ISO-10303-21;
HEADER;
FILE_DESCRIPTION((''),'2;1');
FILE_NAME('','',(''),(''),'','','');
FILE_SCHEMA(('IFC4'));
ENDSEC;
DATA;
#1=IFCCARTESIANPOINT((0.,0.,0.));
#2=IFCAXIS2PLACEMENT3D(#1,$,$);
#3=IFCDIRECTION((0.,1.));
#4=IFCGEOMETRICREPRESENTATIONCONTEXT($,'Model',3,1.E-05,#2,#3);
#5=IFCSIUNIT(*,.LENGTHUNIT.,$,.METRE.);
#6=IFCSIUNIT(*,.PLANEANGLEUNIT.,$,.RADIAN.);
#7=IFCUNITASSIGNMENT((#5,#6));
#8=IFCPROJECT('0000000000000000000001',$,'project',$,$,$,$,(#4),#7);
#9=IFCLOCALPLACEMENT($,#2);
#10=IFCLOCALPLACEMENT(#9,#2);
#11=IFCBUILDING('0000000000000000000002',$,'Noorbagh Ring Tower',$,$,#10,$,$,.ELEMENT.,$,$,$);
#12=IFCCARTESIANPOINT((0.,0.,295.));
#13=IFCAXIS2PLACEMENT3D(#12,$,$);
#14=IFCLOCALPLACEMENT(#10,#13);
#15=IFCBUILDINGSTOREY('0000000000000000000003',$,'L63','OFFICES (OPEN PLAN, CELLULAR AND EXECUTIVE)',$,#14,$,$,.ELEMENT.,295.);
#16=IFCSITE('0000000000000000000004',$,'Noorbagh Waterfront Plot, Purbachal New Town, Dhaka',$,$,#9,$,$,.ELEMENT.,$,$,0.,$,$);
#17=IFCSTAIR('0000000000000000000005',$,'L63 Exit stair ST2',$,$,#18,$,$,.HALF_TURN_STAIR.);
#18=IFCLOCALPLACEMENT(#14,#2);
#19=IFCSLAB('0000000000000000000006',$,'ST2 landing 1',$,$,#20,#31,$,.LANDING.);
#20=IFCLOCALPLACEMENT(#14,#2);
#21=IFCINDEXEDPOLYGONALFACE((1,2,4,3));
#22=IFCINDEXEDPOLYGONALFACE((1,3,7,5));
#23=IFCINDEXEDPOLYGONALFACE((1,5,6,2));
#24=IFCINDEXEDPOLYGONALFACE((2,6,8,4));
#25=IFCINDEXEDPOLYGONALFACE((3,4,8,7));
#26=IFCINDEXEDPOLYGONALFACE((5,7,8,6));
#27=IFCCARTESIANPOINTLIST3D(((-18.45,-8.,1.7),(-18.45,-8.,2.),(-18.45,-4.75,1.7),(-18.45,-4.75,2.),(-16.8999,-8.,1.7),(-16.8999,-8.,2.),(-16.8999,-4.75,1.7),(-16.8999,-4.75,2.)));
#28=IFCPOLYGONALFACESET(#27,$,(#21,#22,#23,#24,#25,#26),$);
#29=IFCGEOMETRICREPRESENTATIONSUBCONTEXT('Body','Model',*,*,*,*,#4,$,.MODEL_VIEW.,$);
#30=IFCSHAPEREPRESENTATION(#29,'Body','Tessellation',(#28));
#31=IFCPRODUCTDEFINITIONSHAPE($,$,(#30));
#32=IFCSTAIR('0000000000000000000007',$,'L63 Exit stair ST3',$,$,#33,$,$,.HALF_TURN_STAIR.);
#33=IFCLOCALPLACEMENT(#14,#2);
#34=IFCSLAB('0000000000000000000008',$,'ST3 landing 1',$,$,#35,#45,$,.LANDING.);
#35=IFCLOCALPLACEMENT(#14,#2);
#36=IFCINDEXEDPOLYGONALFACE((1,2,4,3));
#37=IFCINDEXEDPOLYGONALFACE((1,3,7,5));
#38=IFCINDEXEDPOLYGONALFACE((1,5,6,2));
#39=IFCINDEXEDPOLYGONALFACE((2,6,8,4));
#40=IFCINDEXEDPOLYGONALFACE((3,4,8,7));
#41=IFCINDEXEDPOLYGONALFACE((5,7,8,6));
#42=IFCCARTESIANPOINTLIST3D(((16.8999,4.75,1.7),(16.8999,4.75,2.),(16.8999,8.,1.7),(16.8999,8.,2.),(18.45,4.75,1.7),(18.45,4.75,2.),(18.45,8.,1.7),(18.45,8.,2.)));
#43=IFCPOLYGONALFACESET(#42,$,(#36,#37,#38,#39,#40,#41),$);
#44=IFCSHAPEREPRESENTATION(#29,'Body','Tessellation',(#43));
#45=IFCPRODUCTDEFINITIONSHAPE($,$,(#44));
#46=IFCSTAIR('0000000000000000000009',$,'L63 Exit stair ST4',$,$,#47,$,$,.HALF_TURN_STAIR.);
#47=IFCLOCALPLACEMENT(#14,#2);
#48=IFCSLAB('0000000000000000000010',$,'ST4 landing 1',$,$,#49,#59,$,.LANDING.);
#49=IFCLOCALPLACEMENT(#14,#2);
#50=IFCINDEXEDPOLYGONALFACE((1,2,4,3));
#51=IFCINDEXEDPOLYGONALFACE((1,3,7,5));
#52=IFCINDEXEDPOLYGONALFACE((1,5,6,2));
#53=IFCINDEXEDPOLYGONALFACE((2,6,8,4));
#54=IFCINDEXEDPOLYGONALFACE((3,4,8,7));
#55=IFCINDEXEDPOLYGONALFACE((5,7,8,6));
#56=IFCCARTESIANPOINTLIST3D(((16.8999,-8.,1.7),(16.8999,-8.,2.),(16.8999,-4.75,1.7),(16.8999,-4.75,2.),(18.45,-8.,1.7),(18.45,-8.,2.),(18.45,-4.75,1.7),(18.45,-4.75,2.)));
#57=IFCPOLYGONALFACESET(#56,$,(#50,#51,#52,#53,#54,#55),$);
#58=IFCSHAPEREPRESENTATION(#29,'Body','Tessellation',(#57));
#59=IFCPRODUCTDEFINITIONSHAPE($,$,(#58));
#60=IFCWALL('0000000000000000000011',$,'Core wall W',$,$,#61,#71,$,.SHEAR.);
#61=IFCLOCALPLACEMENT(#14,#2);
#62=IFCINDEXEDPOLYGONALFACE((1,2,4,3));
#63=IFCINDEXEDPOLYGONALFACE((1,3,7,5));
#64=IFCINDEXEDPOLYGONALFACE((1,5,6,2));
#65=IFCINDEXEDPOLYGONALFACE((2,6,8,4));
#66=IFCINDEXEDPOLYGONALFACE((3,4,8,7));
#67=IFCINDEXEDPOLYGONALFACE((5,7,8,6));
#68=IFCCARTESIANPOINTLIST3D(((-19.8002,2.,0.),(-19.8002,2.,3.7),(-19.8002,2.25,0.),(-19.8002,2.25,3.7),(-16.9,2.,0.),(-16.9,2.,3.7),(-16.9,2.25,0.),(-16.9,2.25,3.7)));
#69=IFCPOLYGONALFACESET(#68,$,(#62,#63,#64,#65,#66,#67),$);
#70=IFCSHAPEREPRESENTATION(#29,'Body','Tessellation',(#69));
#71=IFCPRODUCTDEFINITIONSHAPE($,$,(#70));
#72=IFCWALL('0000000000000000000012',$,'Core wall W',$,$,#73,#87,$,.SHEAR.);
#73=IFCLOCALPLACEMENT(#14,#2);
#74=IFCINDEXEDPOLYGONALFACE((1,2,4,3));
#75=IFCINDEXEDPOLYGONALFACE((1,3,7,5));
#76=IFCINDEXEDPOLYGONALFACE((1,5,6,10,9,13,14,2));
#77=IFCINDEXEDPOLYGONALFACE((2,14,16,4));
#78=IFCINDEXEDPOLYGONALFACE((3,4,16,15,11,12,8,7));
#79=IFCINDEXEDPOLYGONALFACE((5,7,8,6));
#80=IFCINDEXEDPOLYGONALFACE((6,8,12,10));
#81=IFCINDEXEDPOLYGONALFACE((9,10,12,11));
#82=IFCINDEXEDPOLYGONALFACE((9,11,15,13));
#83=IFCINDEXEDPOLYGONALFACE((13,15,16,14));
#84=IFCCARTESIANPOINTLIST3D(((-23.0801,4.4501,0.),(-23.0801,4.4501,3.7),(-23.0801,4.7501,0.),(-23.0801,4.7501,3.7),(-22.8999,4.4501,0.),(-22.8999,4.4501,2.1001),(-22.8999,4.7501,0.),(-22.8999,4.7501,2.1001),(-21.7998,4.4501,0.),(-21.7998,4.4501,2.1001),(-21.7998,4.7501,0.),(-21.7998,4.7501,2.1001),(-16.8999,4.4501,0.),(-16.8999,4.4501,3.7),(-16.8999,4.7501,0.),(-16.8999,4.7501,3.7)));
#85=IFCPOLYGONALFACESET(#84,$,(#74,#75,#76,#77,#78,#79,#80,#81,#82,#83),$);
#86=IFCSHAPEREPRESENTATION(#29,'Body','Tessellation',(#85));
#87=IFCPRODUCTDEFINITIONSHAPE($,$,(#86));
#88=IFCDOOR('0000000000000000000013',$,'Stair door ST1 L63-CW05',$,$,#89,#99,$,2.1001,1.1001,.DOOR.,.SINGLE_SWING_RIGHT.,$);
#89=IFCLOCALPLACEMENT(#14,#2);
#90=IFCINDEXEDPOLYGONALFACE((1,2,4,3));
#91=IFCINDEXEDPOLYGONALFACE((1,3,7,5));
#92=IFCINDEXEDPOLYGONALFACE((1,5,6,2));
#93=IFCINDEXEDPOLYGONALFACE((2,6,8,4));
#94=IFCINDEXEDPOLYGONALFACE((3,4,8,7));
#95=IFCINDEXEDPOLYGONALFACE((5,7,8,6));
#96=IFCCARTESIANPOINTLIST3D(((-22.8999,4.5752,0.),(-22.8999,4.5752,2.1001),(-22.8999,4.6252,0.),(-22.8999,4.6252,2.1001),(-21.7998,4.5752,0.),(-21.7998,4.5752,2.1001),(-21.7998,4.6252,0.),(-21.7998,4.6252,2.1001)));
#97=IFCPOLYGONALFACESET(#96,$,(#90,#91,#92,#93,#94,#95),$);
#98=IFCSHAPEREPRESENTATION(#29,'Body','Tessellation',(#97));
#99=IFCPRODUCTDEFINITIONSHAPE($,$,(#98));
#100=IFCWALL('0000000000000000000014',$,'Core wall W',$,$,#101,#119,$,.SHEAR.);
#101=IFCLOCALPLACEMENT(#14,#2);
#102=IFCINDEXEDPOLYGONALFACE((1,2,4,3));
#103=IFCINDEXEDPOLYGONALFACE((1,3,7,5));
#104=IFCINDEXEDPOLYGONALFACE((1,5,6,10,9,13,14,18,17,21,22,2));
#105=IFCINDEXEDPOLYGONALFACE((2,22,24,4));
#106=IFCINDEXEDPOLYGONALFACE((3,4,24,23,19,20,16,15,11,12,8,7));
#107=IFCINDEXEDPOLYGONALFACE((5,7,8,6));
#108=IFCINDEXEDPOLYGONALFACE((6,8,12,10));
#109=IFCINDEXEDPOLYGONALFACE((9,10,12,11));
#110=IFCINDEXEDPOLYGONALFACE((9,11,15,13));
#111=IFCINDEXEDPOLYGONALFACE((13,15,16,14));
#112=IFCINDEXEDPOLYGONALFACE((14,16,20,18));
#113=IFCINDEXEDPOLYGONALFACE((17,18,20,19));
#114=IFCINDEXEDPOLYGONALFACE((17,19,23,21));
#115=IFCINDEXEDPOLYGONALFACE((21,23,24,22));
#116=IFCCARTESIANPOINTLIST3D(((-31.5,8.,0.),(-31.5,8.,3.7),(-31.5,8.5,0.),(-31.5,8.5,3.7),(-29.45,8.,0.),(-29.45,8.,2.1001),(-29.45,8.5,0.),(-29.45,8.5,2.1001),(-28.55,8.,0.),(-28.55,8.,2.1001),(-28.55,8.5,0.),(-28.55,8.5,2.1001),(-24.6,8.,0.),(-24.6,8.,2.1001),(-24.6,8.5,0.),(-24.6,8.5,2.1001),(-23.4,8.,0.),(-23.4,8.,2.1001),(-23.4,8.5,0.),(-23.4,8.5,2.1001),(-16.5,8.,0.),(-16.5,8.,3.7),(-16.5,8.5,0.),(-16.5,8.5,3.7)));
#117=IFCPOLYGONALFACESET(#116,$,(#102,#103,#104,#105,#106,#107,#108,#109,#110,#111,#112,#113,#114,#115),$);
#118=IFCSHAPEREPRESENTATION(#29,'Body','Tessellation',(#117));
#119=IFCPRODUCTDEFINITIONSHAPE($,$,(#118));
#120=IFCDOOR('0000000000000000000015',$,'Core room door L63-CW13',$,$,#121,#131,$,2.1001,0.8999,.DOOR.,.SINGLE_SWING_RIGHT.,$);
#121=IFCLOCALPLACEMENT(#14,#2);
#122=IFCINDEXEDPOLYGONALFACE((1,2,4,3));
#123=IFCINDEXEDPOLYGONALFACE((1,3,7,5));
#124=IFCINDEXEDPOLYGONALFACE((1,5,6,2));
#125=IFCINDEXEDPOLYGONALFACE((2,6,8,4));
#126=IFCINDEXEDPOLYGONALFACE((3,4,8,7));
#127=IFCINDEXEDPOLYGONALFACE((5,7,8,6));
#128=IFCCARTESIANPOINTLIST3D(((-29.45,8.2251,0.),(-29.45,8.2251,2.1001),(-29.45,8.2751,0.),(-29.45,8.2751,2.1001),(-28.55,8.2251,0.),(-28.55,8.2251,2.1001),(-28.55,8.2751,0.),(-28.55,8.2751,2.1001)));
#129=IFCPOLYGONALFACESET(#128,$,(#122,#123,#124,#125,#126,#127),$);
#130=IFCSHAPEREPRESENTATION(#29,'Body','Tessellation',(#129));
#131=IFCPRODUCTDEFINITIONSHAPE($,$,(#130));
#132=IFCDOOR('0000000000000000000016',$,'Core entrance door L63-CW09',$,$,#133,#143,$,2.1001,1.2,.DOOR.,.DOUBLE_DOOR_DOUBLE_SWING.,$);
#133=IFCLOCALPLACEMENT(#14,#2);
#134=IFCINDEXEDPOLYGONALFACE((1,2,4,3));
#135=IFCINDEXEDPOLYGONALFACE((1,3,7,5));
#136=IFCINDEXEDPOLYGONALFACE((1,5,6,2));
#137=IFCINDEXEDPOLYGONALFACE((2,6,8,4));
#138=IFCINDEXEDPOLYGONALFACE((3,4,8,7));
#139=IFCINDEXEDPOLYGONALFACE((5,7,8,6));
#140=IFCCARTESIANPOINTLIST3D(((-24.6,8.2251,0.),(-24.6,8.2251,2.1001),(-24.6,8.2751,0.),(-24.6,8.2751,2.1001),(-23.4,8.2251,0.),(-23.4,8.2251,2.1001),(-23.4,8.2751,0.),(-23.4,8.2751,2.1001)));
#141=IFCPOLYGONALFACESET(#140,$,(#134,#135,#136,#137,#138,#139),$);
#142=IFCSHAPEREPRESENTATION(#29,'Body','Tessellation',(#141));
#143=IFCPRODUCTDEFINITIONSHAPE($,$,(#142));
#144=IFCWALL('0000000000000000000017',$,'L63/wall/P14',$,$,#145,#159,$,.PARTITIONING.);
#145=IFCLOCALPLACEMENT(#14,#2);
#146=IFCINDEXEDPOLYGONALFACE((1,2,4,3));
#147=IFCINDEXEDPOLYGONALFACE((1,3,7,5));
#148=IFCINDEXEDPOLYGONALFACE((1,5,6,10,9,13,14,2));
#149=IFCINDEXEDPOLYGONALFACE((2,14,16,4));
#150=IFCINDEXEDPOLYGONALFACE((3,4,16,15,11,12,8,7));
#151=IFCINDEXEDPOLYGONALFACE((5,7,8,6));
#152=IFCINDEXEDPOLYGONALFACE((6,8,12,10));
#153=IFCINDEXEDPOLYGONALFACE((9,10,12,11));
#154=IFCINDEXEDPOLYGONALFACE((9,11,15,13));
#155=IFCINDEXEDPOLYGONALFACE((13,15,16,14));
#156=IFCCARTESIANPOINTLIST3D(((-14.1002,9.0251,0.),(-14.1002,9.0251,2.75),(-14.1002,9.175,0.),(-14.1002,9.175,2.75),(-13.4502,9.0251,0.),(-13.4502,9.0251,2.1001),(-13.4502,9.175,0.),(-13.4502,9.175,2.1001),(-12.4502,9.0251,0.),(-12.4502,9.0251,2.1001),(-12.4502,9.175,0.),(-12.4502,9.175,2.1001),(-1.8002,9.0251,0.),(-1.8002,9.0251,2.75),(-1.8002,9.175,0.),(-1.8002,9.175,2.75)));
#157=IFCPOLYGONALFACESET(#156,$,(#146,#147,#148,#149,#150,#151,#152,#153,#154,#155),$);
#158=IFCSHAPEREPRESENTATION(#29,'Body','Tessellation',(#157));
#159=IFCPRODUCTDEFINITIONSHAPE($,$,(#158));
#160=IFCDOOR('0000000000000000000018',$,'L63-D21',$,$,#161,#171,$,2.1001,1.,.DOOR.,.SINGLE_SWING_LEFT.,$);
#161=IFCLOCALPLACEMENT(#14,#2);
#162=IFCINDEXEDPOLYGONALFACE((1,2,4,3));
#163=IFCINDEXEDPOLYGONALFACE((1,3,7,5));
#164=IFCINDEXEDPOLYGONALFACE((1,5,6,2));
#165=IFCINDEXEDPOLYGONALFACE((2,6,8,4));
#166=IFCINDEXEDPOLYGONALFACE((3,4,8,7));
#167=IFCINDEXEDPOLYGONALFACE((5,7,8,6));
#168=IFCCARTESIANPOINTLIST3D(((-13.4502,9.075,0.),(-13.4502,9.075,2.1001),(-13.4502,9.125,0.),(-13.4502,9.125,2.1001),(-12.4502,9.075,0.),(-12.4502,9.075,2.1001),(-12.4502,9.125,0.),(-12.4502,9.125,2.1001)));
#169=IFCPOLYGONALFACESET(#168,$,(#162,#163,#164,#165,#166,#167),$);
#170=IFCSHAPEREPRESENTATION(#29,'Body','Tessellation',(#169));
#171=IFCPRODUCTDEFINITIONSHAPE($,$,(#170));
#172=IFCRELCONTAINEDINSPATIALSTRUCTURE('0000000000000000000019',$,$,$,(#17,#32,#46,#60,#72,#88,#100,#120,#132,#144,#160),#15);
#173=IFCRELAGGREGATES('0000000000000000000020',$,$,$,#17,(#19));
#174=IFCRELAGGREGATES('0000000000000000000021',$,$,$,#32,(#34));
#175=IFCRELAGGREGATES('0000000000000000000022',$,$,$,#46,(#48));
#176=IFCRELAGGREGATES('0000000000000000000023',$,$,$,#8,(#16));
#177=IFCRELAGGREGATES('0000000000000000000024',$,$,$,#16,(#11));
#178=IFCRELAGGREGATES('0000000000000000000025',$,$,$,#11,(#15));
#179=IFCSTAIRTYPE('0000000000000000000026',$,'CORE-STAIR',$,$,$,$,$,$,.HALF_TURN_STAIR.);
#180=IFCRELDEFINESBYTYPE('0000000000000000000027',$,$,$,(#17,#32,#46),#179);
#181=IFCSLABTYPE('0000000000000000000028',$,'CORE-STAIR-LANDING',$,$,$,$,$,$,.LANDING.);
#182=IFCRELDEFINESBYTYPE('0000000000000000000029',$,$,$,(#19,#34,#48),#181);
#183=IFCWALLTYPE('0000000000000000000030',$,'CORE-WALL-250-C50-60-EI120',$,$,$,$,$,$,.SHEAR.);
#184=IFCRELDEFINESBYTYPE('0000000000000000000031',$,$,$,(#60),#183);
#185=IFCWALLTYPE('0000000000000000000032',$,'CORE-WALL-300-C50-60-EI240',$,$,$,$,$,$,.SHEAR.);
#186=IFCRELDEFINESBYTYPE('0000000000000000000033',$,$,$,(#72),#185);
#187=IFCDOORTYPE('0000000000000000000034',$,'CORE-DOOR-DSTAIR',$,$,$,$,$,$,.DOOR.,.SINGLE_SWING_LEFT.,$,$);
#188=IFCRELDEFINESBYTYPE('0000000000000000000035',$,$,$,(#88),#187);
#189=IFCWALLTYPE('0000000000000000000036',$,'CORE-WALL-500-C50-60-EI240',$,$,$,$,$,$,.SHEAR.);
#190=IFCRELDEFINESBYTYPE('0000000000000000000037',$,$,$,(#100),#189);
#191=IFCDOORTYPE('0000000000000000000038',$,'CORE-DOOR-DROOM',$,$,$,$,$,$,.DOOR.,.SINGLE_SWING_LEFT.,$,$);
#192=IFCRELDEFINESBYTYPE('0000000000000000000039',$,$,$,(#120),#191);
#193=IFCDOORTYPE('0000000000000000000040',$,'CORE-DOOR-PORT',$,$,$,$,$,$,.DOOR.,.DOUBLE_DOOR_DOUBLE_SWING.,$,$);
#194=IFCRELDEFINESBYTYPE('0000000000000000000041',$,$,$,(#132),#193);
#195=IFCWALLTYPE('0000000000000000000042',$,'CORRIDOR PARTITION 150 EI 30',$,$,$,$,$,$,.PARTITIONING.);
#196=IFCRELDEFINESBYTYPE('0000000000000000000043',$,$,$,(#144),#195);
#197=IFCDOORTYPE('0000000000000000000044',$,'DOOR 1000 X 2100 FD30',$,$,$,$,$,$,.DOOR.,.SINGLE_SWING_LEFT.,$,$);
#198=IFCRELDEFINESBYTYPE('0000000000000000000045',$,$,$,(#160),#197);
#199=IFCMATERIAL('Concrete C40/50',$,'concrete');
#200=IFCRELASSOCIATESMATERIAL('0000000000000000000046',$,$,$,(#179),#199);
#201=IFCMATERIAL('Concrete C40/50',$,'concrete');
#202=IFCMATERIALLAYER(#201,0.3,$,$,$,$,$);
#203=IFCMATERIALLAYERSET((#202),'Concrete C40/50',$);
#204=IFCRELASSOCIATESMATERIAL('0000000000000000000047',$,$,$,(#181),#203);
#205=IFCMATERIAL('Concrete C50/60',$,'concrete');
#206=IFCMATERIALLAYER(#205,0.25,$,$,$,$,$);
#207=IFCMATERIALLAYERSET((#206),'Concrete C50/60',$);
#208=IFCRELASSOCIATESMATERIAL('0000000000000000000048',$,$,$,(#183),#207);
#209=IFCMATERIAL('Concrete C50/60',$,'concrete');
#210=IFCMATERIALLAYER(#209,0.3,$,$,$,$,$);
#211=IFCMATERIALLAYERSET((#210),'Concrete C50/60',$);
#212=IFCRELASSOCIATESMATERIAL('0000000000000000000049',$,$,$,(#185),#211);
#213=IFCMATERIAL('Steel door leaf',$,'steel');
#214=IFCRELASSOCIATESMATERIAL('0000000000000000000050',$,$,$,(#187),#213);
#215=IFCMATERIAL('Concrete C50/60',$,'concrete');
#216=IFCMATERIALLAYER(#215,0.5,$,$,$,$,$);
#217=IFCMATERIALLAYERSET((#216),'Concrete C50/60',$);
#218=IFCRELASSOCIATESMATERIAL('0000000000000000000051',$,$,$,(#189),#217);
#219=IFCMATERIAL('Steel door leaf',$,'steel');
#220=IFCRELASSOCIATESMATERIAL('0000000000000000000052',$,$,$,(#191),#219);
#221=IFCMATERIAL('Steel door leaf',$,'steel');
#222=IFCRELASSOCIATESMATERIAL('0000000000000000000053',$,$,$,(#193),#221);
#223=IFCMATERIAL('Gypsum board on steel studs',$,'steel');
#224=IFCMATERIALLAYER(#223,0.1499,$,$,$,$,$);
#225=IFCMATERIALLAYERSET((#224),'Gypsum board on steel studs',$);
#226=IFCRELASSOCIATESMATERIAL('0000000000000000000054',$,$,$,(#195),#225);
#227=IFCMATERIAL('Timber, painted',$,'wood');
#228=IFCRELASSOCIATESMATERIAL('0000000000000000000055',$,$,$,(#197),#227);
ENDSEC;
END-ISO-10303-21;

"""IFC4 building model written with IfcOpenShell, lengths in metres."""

from ifc_helpers import new_model, si_unit, direction, frame, frame_2d, origin, place, context, subcontext, project, spatial, polyline, rectangle, outline, extrude, material, layer, layer_set, type_object, element, fill, aggregate, save


model = new_model("IFC4")

# Units and contexts
model_context = context("Model", 3, precision=1e-05, world=origin(), true_north=direction((0.0, 1.0)))
body_context = subcontext(model_context, "Body", "Model", "MODEL_VIEW")
ifc_project = project(units=[si_unit("LENGTHUNIT", "METRE"), si_unit("PLANEANGLEUNIT", "RADIAN")], contexts=[model_context])

# Site, building, storey
site_placement = place(None, origin())
site = spatial("IfcSite", under=ifc_project, at=site_placement, Name="Noorbagh Waterfront Plot, Purbachal New Town, Dhaka", CompositionType="ELEMENT", RefElevation=0.0)
building_placement = place(site_placement, origin())
building = spatial("IfcBuilding", under=site, at=building_placement, Name="Noorbagh Ring Tower", CompositionType="ELEMENT")
storey_placement = place(building_placement, frame((0.0, 0.0, 295.0)))
storey = spatial("IfcBuildingStorey", under=building, at=storey_placement, Name="L63", Description="OFFICES (OPEN PLAN, CELLULAR AND EXECUTIVE)", CompositionType="ELEMENT", Elevation=295.0)

# Stairs, slabs
ifc_material_1 = material(Name="Concrete C40/50", Category="concrete")
stair_type = type_object("IfcStairType", Name="CORE-STAIR", PredefinedType="HALF_TURN_STAIR", material=ifc_material_1)
stair_1_placement = place(storey_placement, origin())
stair_1 = element("IfcStair", 1, at=stair_1_placement, inside=storey, type_object=stair_type, Name="L63 Exit stair ST2", PredefinedType="HALF_TURN_STAIR")
ifc_material_2 = material(Name="Concrete C40/50", Category="concrete")
ifc_layer_1 = layer(ifc_material_2, 0.3)
ifc_layer_set_1 = layer_set([ifc_layer_1], Name="Concrete C40/50")
slab_type = type_object("IfcSlabType", Name="CORE-STAIR-LANDING", PredefinedType="LANDING", material=ifc_layer_set_1)
slab_1_placement = place(storey_placement, frame((0.0, 0.0, 1.7)))
slab_1 = element("IfcSlab", 2, at=slab_1_placement, type_object=slab_type, Name="ST2 landing 1", PredefinedType="LANDING", context=body_context, shape_type="SweptSolid", body=[
    extrude(outline(polyline([(-18.45, -8.0), (-16.8999, -8.0), (-16.8999, -4.75), (-18.45, -4.75), (-18.45, -8.0)])), origin(), (0.0, 0.0, 1.0), 0.3),
])
aggregate(stair_1, [slab_1])
stair_2_placement = place(storey_placement, origin())
stair_2 = element("IfcStair", 3, at=stair_2_placement, inside=storey, type_object=stair_type, Name="L63 Exit stair ST3", PredefinedType="HALF_TURN_STAIR")
slab_2_placement = place(storey_placement, frame((0.0, 0.0, 1.7)))
slab_2 = element("IfcSlab", 4, at=slab_2_placement, type_object=slab_type, Name="ST3 landing 1", PredefinedType="LANDING", context=body_context, shape_type="SweptSolid", body=[
    extrude(outline(polyline([(18.45, 8.0), (16.8999, 8.0), (16.8999, 4.75), (18.45, 4.75), (18.45, 8.0)])), origin(), (0.0, 0.0, 1.0), 0.3),
])
aggregate(stair_2, [slab_2])
stair_3_placement = place(storey_placement, origin())
stair_3 = element("IfcStair", 5, at=stair_3_placement, inside=storey, type_object=stair_type, Name="L63 Exit stair ST4", PredefinedType="HALF_TURN_STAIR")
slab_3_placement = place(storey_placement, frame((0.0, 0.0, 1.7)))
slab_3 = element("IfcSlab", 6, at=slab_3_placement, type_object=slab_type, Name="ST4 landing 1", PredefinedType="LANDING", context=body_context, shape_type="SweptSolid", body=[
    extrude(outline(polyline([(18.45, -4.75), (16.8999, -4.75), (16.8999, -8.0), (18.45, -8.0), (18.45, -4.75)])), origin(), (0.0, 0.0, 1.0), 0.3),
])
aggregate(stair_3, [slab_3])

# Wall
ifc_material_3 = material(Name="Concrete C50/60", Category="concrete")
ifc_layer_2 = layer(ifc_material_3, 0.25)
ifc_layer_set_2 = layer_set([ifc_layer_2], Name="Concrete C50/60")
wall_type_1 = type_object("IfcWallType", Name="CORE-WALL-250-C50-60-EI120", PredefinedType="SHEAR", material=ifc_layer_set_2)
wall_1_placement = place(storey_placement, frame((-16.8999, 2.125, 0.0), z_axis=(0.0, 0.0, 1.0), x_axis=(-1.0, 0.0, 0.0)))
element("IfcWall", 7, at=wall_1_placement, inside=storey, type_object=wall_type_1, Name="Core wall W", PredefinedType="SHEAR", context=body_context, shape_type="SweptSolid", body=[
    extrude(rectangle(XDim=2.9001, YDim=0.25, at=frame_2d((1.4502, 0.0))), origin(), (0.0, 0.0, 1.0), 3.7),
])

# Wall, opening, door
ifc_material_4 = material(Name="Concrete C50/60", Category="concrete")
ifc_layer_3 = layer(ifc_material_4, 0.3)
ifc_layer_set_3 = layer_set([ifc_layer_3], Name="Concrete C50/60")
wall_type_2 = type_object("IfcWallType", Name="CORE-WALL-300-C50-60-EI240", PredefinedType="SHEAR", material=ifc_layer_set_3)
wall_2_placement = place(storey_placement, frame((-16.8999, 4.6001, 0.0), z_axis=(0.0, 0.0, 1.0), x_axis=(-1.0, 0.0, 0.0)))
wall_2 = element("IfcWall", 8, at=wall_2_placement, inside=storey, type_object=wall_type_2, Name="Core wall W", PredefinedType="SHEAR", context=body_context, shape_type="SweptSolid", body=[
    extrude(rectangle(XDim=6.1802, YDim=0.3, at=frame_2d((3.0901, 0.0))), origin(), (0.0, 0.0, 1.0), 3.7),
])
opening_1_placement = place(wall_2_placement, frame((4.8999, 0.0, 0.0)))
opening_1 = element("IfcOpeningElement", 9, at=opening_1_placement, cuts=wall_2, PredefinedType="OPENING", context=body_context, shape_type="SweptSolid", body=[
    extrude(rectangle(XDim=1.1001, YDim=2.1001, at=frame_2d((0.55, 1.05))), frame((0.0, 0.1602, 0.0), z_axis=(0.0, -1.0, 0.0), x_axis=(1.0, 0.0, 0.0)), (0.0, 0.0, 1.0), 0.3201),
])
ifc_material_5 = material(Name="Steel door leaf", Category="steel")
door_type_1 = type_object("IfcDoorType", Name="CORE-DOOR-DSTAIR", OperationType="SINGLE_SWING_LEFT", PredefinedType="DOOR", material=ifc_material_5)
door_1_placement = place(opening_1_placement, origin())
door_1 = element("IfcDoor", 10, at=door_1_placement, inside=storey, type_object=door_type_1, Name="Stair door ST1 L63-CW05", OperationType="SINGLE_SWING_RIGHT", OverallHeight=2.1001, OverallWidth=1.1001, PredefinedType="DOOR", context=body_context, shape_type="SweptSolid", body=[
    extrude(rectangle(XDim=1.1001, YDim=2.1001, at=frame_2d((0.55, 1.05))), frame((0.0, 0.0249, 0.0), z_axis=(0.0, -1.0, 0.0), x_axis=(1.0, 0.0, 0.0)), (0.0, 0.0, 1.0), 0.05),
])
fill(opening_1, door_1)

# Wall, openings, doors
ifc_material_6 = material(Name="Concrete C50/60", Category="concrete")
ifc_layer_4 = layer(ifc_material_6, 0.5)
ifc_layer_set_4 = layer_set([ifc_layer_4], Name="Concrete C50/60")
wall_type_3 = type_object("IfcWallType", Name="CORE-WALL-500-C50-60-EI240", PredefinedType="SHEAR", material=ifc_layer_set_4)
wall_3_placement = place(storey_placement, frame((-16.5, 8.25, 0.0), z_axis=(0.0, 0.0, 1.0), x_axis=(-1.0, 0.0, 0.0)))
wall_3 = element("IfcWall", 11, at=wall_3_placement, inside=storey, type_object=wall_type_3, Name="Core wall W", PredefinedType="SHEAR", context=body_context, shape_type="SweptSolid", body=[
    extrude(rectangle(XDim=15.0, YDim=0.5, at=frame_2d((7.5, 0.0))), origin(), (0.0, 0.0, 1.0), 3.7),
])
opening_2_placement = place(wall_3_placement, frame((6.8999, 0.0, 0.0)))
opening_2 = element("IfcOpeningElement", 12, at=opening_2_placement, cuts=wall_3, PredefinedType="OPENING", context=body_context, shape_type="SweptSolid", body=[
    extrude(rectangle(XDim=1.2, YDim=2.1001, at=frame_2d((0.6001, 1.05))), frame((0.0, 0.26, 0.0), z_axis=(0.0, -1.0, 0.0), x_axis=(1.0, 0.0, 0.0)), (0.0, 0.0, 1.0), 0.52),
])
opening_3_placement = place(wall_3_placement, frame((12.05, 0.0, 0.0)))
opening_3 = element("IfcOpeningElement", 13, at=opening_3_placement, cuts=wall_3, PredefinedType="OPENING", context=body_context, shape_type="SweptSolid", body=[
    extrude(rectangle(XDim=0.8999, YDim=2.1001, at=frame_2d((0.45, 1.05))), frame((0.0, 0.26, 0.0), z_axis=(0.0, -1.0, 0.0), x_axis=(1.0, 0.0, 0.0)), (0.0, 0.0, 1.0), 0.52),
])
ifc_material_7 = material(Name="Steel door leaf", Category="steel")
door_type_2 = type_object("IfcDoorType", Name="CORE-DOOR-DROOM", OperationType="SINGLE_SWING_LEFT", PredefinedType="DOOR", material=ifc_material_7)
door_2_placement = place(opening_3_placement, origin())
door_2 = element("IfcDoor", 14, at=door_2_placement, inside=storey, type_object=door_type_2, Name="Core room door L63-CW13", OperationType="SINGLE_SWING_RIGHT", OverallHeight=2.1001, OverallWidth=0.8999, PredefinedType="DOOR", context=body_context, shape_type="SweptSolid", body=[
    extrude(rectangle(XDim=0.8999, YDim=2.1001, at=frame_2d((0.45, 1.05))), frame((0.0, 0.0249, 0.0), z_axis=(0.0, -1.0, 0.0), x_axis=(1.0, 0.0, 0.0)), (0.0, 0.0, 1.0), 0.05),
])
fill(opening_3, door_2)
ifc_material_8 = material(Name="Steel door leaf", Category="steel")
door_type_3 = type_object("IfcDoorType", Name="CORE-DOOR-PORT", OperationType="DOUBLE_DOOR_DOUBLE_SWING", PredefinedType="DOOR", material=ifc_material_8)
door_3_placement = place(opening_2_placement, origin())
door_3 = element("IfcDoor", 15, at=door_3_placement, inside=storey, type_object=door_type_3, Name="Core entrance door L63-CW09", OperationType="DOUBLE_DOOR_DOUBLE_SWING", OverallHeight=2.1001, OverallWidth=1.2, PredefinedType="DOOR", context=body_context, shape_type="SweptSolid", body=[
    extrude(rectangle(XDim=1.2, YDim=2.1001, at=frame_2d((0.6001, 1.05))), frame((0.0, 0.0249, 0.0), z_axis=(0.0, -1.0, 0.0), x_axis=(1.0, 0.0, 0.0)), (0.0, 0.0, 1.0), 0.05),
])
fill(opening_2, door_3)

# Wall, opening, door
ifc_material_9 = material(Name="Gypsum board on steel studs", Category="steel")
ifc_layer_5 = layer(ifc_material_9, 0.1499)
ifc_layer_set_5 = layer_set([ifc_layer_5], Name="Gypsum board on steel studs")
wall_type_4 = type_object("IfcWallType", Name="CORRIDOR PARTITION 150 EI 30", PredefinedType="PARTITIONING", material=ifc_layer_set_5)
wall_4_placement = place(storey_placement, frame((-14.1001, 9.1001, 0.0), z_axis=(0.0, 0.0, 1.0), x_axis=(1.0, 0.0, 0.0)))
wall_4 = element("IfcWall", 16, at=wall_4_placement, inside=storey, type_object=wall_type_4, Name="L63/wall/P14", PredefinedType="PARTITIONING", context=body_context, shape_type="SweptSolid", body=[
    extrude(rectangle(XDim=12.3, YDim=0.1499, at=frame_2d((6.1499, 0.0))), origin(), (0.0, 0.0, 1.0), 2.75),
])
opening_4_placement = place(wall_4_placement, frame((0.6499, 0.0, 0.0)))
opening_4 = element("IfcOpeningElement", 17, at=opening_4_placement, cuts=wall_4, PredefinedType="OPENING", context=body_context, shape_type="SweptSolid", body=[
    extrude(rectangle(XDim=1.0, YDim=2.1001, at=frame_2d((0.5, 1.05))), frame((0.0, 0.085, 0.0), z_axis=(0.0, -1.0, 0.0), x_axis=(1.0, 0.0, 0.0)), (0.0, 0.0, 1.0), 0.1699),
])
ifc_material_10 = material(Name="Timber, painted", Category="wood")
door_type_4 = type_object("IfcDoorType", Name="DOOR 1000 X 2100 FD30", OperationType="SINGLE_SWING_LEFT", PredefinedType="DOOR", material=ifc_material_10)
door_4_placement = place(opening_4_placement, origin())
door_4 = element("IfcDoor", 18, at=door_4_placement, inside=storey, type_object=door_type_4, Name="L63-D21", OperationType="SINGLE_SWING_LEFT", OverallHeight=2.1001, OverallWidth=1.0, PredefinedType="DOOR", context=body_context, shape_type="SweptSolid", body=[
    extrude(rectangle(XDim=1.0, YDim=2.1001, at=frame_2d((0.5, 1.05))), frame((0.0, 0.0249, 0.0), z_axis=(0.0, -1.0, 0.0), x_axis=(1.0, 0.0, 0.0)), (0.0, 0.0, 1.0), 0.05),
])
fill(opening_4, door_4)

save(model, "model.ifc")
